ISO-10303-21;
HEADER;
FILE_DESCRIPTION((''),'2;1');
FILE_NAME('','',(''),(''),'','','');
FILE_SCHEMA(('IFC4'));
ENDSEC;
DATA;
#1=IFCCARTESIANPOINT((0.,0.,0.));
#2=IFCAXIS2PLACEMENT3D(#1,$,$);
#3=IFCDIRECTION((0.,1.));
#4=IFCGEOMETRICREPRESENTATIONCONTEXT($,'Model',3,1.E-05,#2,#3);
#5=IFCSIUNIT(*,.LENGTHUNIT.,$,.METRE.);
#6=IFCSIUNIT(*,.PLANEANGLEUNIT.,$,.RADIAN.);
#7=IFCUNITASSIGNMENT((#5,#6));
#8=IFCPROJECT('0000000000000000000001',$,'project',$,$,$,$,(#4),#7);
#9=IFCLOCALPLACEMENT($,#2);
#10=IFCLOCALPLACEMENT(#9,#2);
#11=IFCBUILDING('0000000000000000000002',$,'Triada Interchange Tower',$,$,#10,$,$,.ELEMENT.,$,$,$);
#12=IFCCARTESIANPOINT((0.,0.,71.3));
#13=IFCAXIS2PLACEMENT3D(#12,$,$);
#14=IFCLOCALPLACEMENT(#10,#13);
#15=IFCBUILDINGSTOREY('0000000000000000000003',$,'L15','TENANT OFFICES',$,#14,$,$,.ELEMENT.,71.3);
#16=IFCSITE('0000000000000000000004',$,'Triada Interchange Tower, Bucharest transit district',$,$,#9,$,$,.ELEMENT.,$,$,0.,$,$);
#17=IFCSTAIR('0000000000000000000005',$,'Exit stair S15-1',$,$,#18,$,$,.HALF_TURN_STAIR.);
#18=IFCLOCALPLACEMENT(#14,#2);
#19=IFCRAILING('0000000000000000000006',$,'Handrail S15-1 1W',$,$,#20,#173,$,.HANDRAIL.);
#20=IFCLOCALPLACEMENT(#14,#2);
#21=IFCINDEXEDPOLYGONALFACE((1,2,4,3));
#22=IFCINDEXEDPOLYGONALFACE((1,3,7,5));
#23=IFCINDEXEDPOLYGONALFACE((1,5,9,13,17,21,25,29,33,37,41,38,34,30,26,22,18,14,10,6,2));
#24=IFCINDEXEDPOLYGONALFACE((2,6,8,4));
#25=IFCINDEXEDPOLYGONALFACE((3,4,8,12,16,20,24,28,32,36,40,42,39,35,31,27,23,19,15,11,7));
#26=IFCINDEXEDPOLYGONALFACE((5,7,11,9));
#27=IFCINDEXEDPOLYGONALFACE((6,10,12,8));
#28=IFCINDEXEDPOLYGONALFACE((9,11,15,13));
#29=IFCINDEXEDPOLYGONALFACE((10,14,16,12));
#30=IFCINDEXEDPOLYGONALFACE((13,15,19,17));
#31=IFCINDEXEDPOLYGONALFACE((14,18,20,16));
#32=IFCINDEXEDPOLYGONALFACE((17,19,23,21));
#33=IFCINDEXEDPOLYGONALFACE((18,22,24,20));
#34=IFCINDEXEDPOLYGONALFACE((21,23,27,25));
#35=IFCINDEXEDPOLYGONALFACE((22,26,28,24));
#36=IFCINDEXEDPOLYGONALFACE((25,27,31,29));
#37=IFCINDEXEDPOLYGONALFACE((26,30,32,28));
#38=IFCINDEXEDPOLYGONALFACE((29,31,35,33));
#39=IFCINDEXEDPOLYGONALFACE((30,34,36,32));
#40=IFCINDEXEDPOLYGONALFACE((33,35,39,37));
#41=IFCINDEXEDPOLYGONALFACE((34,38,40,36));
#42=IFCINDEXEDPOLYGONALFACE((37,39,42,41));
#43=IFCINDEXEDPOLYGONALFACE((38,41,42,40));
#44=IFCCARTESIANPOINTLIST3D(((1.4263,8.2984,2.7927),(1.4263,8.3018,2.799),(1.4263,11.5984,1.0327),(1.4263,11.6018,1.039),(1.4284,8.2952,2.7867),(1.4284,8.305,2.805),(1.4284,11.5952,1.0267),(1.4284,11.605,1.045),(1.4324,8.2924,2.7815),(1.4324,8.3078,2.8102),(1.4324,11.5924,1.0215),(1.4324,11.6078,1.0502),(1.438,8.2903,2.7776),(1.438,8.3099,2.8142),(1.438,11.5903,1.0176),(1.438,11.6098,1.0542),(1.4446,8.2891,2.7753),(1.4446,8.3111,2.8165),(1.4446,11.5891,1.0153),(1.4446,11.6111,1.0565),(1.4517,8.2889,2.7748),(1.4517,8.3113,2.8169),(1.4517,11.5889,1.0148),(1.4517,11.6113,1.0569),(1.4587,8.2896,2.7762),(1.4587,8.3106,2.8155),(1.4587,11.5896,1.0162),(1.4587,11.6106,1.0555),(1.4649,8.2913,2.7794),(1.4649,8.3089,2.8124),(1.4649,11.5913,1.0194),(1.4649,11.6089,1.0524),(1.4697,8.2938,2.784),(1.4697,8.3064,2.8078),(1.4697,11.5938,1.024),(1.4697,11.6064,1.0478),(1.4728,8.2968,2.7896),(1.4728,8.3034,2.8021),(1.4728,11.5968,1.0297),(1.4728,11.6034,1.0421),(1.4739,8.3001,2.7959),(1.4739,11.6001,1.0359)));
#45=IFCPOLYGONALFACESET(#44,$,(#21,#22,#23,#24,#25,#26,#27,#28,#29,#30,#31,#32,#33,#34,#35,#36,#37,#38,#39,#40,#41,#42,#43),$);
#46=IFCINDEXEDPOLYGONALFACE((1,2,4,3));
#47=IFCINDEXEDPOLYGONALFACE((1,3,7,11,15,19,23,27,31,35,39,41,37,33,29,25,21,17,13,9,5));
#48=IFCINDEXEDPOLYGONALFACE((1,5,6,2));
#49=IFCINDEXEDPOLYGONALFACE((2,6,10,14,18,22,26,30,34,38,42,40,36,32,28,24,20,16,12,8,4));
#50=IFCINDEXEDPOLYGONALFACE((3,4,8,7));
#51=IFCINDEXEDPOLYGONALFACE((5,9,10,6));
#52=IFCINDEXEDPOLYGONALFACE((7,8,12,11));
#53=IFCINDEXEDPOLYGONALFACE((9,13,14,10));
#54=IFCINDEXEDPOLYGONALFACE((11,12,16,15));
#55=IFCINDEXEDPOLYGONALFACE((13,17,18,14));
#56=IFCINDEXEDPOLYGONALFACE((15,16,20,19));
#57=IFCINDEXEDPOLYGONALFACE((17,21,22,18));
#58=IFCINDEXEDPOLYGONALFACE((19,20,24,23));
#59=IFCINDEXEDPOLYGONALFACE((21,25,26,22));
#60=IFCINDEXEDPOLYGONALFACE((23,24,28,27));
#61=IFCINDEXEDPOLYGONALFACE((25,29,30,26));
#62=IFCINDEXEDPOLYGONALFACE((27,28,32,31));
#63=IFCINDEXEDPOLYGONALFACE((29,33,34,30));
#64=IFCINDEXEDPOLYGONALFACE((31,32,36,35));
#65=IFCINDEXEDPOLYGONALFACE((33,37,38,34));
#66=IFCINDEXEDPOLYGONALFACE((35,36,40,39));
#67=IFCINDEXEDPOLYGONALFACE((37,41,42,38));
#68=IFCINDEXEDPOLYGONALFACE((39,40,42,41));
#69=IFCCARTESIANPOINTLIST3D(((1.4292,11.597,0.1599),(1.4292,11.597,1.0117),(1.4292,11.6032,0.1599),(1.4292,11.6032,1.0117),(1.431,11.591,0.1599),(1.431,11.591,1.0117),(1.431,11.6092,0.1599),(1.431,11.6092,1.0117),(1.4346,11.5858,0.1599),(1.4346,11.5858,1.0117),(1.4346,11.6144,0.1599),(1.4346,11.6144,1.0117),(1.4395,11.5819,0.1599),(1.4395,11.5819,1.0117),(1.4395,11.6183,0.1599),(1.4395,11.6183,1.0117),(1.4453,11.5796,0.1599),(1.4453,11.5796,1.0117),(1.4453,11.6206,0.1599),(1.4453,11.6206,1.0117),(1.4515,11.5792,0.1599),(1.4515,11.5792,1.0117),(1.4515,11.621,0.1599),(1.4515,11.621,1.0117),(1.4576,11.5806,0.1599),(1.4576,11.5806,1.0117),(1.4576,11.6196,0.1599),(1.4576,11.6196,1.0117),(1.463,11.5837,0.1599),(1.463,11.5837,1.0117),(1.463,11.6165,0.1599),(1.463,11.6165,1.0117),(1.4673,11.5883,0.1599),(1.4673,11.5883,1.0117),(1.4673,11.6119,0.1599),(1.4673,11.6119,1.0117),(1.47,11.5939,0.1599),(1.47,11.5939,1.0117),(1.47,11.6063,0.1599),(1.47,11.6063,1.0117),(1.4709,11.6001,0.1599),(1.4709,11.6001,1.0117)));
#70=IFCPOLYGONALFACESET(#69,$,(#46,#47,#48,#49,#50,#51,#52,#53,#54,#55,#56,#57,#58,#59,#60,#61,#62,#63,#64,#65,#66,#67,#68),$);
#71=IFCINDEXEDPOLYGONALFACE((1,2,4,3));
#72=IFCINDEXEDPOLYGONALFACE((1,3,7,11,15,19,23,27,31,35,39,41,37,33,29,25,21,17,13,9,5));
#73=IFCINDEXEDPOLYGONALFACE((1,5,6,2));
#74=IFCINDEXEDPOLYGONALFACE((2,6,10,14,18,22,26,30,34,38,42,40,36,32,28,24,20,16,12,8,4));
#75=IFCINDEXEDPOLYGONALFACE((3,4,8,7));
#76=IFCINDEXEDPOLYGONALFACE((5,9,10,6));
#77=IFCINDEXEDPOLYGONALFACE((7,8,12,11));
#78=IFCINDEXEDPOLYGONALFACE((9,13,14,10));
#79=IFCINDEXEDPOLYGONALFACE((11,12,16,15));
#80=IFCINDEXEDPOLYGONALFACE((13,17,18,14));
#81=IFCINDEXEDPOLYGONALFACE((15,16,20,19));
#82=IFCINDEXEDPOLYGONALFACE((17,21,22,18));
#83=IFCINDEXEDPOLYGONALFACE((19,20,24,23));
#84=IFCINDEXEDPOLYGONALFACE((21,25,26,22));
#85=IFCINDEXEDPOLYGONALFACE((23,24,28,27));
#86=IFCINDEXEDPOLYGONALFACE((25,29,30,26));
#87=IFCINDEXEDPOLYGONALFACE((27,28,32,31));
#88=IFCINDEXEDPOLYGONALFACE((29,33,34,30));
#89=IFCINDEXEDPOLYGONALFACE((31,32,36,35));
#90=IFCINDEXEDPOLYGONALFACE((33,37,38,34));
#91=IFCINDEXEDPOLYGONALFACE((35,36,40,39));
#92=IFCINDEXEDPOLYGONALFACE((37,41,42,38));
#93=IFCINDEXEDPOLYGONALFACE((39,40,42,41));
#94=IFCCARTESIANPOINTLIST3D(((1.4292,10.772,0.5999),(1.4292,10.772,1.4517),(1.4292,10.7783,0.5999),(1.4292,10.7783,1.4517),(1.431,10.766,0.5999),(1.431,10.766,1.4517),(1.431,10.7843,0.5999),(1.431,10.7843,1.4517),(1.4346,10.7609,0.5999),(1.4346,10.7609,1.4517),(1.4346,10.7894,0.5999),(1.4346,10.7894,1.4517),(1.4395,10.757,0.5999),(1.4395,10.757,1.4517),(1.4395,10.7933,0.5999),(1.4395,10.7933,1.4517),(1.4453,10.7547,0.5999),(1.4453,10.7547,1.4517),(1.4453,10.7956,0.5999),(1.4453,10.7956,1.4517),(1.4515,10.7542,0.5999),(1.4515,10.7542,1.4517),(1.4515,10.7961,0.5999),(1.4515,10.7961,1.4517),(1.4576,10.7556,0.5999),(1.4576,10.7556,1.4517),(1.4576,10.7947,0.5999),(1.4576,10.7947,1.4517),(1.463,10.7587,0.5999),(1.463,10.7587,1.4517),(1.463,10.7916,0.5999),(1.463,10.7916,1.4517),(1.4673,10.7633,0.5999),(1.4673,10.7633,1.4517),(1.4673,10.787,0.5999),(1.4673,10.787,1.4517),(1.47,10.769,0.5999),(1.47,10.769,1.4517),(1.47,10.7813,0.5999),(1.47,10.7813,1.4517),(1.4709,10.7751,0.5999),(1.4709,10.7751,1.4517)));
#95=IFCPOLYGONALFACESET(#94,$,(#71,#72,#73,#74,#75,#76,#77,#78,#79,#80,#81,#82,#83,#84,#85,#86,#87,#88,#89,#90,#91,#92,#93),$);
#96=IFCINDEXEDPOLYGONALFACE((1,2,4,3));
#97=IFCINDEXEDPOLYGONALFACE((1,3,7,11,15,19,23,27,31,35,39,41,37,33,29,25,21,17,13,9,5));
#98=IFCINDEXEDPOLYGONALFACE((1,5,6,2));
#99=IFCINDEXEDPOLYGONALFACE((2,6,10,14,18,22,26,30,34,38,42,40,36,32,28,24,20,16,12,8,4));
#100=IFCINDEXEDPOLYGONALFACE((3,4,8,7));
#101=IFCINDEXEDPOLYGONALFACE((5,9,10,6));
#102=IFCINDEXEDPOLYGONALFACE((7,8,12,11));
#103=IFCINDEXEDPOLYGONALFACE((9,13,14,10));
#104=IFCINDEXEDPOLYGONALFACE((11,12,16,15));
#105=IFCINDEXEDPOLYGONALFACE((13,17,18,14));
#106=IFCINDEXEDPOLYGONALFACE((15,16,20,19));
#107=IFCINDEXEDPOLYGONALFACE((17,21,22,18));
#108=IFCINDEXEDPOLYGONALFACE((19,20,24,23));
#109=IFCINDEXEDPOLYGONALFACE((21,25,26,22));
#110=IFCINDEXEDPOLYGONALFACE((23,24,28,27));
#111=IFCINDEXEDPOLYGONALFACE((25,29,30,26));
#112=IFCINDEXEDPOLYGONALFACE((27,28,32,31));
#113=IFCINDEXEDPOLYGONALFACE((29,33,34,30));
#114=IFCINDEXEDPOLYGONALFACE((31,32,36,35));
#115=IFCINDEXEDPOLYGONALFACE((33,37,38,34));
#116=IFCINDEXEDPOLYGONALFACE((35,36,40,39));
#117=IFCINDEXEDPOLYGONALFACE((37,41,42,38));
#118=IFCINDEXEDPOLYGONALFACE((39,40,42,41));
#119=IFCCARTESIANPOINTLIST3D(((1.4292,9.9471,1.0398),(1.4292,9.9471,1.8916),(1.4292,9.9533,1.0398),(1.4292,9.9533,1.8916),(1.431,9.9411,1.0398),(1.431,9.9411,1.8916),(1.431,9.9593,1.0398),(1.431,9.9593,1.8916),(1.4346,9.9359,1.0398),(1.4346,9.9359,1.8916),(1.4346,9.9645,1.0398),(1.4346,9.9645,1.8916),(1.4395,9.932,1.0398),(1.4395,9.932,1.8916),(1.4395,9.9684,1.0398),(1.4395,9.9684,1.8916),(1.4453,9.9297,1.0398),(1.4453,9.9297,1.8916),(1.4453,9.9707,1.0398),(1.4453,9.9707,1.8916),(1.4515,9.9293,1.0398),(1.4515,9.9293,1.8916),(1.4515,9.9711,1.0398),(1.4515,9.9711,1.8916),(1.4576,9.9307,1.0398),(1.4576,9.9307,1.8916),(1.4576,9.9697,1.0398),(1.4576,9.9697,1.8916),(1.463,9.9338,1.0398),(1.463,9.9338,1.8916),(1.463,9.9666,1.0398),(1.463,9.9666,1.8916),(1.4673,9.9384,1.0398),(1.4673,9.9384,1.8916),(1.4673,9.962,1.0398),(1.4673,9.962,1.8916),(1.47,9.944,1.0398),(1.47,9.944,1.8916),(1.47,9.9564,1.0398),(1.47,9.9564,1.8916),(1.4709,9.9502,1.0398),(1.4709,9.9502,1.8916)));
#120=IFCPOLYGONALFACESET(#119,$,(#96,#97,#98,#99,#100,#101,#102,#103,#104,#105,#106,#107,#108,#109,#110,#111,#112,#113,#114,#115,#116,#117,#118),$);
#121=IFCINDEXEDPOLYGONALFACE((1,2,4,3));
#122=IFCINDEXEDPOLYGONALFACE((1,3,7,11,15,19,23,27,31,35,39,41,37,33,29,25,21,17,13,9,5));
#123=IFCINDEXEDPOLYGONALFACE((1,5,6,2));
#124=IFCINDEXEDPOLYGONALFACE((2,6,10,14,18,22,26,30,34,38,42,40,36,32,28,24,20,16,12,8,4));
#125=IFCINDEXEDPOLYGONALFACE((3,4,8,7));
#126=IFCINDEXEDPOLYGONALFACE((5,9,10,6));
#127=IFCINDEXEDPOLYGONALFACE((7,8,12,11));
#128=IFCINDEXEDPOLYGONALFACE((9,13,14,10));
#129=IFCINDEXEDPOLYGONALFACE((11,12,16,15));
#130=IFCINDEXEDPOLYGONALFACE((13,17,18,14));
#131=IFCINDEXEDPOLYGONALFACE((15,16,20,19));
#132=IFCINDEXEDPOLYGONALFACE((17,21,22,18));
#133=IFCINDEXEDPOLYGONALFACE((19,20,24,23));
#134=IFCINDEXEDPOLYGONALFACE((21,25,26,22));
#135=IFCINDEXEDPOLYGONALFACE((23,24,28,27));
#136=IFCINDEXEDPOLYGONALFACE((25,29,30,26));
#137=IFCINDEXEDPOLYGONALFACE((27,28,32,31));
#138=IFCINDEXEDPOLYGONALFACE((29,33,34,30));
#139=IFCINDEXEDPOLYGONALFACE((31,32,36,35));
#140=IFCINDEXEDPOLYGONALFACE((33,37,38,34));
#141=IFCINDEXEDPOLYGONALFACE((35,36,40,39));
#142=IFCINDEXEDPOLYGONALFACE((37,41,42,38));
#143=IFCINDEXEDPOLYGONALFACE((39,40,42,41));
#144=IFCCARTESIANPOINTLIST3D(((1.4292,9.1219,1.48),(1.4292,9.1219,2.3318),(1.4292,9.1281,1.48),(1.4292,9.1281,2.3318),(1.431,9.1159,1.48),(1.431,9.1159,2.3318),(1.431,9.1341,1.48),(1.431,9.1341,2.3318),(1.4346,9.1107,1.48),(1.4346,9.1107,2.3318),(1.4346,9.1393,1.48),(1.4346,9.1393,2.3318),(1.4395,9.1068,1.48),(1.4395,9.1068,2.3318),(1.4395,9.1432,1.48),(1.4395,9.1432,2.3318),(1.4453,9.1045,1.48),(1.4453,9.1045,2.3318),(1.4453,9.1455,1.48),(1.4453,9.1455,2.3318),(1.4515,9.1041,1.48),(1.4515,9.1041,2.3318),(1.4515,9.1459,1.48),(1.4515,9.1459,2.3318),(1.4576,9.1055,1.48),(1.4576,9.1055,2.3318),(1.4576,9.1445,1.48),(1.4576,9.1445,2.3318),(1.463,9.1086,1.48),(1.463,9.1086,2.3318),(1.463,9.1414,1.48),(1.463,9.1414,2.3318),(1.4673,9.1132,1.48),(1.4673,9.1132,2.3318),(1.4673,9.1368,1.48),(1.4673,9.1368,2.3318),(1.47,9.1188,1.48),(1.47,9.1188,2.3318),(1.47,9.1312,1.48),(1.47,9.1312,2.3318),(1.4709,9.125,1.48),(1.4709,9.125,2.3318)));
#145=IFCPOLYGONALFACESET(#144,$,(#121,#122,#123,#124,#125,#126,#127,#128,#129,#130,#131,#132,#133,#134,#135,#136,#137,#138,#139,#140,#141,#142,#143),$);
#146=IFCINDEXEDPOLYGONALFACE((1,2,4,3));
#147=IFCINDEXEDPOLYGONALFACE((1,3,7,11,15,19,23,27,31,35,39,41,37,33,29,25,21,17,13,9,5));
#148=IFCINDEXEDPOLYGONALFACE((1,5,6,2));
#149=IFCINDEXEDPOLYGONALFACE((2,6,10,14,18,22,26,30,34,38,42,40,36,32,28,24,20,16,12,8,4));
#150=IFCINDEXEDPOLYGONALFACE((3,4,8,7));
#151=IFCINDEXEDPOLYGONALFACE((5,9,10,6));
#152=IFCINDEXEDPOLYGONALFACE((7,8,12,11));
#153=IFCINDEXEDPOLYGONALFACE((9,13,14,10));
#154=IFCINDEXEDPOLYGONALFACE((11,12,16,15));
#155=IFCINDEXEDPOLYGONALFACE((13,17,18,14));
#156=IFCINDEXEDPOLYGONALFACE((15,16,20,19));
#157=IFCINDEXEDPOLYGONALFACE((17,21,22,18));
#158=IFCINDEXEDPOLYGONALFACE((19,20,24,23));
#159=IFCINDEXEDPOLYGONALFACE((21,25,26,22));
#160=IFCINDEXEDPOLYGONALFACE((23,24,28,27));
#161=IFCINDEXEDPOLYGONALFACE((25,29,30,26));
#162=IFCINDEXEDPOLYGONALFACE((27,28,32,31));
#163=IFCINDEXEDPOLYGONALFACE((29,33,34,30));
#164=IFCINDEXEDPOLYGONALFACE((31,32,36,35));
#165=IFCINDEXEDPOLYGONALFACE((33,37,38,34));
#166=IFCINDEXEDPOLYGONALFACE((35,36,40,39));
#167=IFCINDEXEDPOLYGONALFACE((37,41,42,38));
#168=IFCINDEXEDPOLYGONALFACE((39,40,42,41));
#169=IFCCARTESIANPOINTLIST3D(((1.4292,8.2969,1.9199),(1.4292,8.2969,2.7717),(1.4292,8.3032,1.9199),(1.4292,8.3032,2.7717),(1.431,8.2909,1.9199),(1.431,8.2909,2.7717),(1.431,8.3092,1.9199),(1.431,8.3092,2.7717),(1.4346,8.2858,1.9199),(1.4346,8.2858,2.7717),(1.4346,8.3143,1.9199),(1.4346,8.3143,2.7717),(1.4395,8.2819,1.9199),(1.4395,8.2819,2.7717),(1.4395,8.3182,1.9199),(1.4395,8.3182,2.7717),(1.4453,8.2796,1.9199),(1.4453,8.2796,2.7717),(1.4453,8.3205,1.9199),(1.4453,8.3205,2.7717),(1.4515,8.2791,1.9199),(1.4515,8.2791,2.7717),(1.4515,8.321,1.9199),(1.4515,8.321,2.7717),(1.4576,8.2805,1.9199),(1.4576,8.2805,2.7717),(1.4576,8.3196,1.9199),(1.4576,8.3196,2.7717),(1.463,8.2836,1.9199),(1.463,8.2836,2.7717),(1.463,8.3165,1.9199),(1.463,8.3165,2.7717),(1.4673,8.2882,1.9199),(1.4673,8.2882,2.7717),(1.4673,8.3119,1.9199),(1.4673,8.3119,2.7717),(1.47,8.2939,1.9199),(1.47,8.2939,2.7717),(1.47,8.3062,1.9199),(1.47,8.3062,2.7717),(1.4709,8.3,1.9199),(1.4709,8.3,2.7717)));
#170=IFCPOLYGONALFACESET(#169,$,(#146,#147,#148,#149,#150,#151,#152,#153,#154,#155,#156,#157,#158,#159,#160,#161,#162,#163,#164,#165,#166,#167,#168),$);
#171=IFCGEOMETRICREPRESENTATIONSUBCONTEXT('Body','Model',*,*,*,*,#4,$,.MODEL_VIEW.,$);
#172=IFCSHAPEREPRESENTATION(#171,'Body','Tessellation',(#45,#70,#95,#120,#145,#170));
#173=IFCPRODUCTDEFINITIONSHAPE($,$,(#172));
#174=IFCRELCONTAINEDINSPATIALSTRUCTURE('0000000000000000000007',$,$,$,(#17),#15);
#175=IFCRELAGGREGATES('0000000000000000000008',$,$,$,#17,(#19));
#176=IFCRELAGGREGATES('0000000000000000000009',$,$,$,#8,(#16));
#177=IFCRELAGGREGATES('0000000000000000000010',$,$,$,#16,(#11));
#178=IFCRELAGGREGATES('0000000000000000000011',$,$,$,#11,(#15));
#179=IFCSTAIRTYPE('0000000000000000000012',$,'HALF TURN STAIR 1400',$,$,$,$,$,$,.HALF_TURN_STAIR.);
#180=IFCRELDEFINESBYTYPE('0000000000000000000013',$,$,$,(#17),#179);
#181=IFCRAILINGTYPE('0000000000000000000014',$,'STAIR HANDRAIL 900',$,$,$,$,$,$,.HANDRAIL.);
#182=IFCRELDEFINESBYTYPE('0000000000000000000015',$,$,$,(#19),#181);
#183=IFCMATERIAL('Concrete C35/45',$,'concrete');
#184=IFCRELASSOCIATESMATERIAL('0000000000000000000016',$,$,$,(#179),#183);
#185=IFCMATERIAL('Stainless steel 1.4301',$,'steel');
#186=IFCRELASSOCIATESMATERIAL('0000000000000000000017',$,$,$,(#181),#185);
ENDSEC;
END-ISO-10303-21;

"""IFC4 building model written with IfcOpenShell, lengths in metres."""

from ifc_helpers import new_model, si_unit, direction, frame, origin, origin_2d, place, context, subcontext, project, spatial, circle, extrude, material, type_object, element, aggregate, save


model = new_model("IFC4")

# Units and contexts
model_context = context("Model", 3, precision=1e-05, world=origin(), true_north=direction((0.0, 1.0)))
body_context = subcontext(model_context, "Body", "Model", "MODEL_VIEW")
ifc_project = project(units=[si_unit("LENGTHUNIT", "METRE"), si_unit("PLANEANGLEUNIT", "RADIAN")], contexts=[model_context])

# Site, building, storey
site_placement = place(None, origin())
site = spatial("IfcSite", under=ifc_project, at=site_placement, Name="Triada Interchange Tower, Bucharest transit district", CompositionType="ELEMENT", RefElevation=0.0)
building_placement = place(site_placement, origin())
building = spatial("IfcBuilding", under=site, at=building_placement, Name="Triada Interchange Tower", CompositionType="ELEMENT")
storey_placement = place(building_placement, frame((0.0, 0.0, 71.3)))
storey = spatial("IfcBuildingStorey", under=building, at=storey_placement, Name="L15", Description="TENANT OFFICES", CompositionType="ELEMENT", Elevation=71.3)

# Stair
ifc_material_1 = material(Name="Concrete C35/45", Category="concrete")
stair_type = type_object("IfcStairType", Name="HALF TURN STAIR 1400", PredefinedType="HALF_TURN_STAIR", material=ifc_material_1)
stair_1_placement = place(storey_placement, origin())
stair_1 = element("IfcStair", 1, at=stair_1_placement, inside=storey, type_object=stair_type, Name="Exit stair S15-1", PredefinedType="HALF_TURN_STAIR")

# Railing
ifc_material_2 = material(Name="Stainless steel 1.4301", Category="steel")
railing_type = type_object("IfcRailingType", Name="STAIR HANDRAIL 900", PredefinedType="HANDRAIL", material=ifc_material_2)
railing_1_placement = place(storey_placement, frame((1.45, 11.6001, 0.1599)))
railing_1 = element("IfcRailing", 2, at=railing_1_placement, type_object=railing_type, Name="Handrail S15-1 1W", PredefinedType="HANDRAIL", context=body_context, shape_type="SweptSolid", body=[
    extrude(circle(Radius=0.0239, at=origin_2d()), frame((0.0, 0.0, 0.876), z_axis=(0.0, -0.882355, 0.470585), x_axis=(1.0, 0.0, 0.0)), (0.0, 0.0, 1.0), 3.74),
    extrude(circle(Radius=0.021, at=origin_2d()), origin(), (0.0, 0.0, 1.0), 0.8518),
    extrude(circle(Radius=0.021, at=origin_2d()), frame((0.0, -0.825, 0.4399)), (0.0, 0.0, 1.0), 0.8518),
    extrude(circle(Radius=0.021, at=origin_2d()), frame((0.0, -1.6499, 0.8799)), (0.0, 0.0, 1.0), 0.8518),
    extrude(circle(Radius=0.021, at=origin_2d()), frame((0.0, -2.4751, 1.3201)), (0.0, 0.0, 1.0), 0.8518),
    extrude(circle(Radius=0.021, at=origin_2d()), frame((0.0, -3.3, 1.76)), (0.0, 0.0, 1.0), 0.8518),
])
aggregate(stair_1, [railing_1])

save(model, "model.ifc")
